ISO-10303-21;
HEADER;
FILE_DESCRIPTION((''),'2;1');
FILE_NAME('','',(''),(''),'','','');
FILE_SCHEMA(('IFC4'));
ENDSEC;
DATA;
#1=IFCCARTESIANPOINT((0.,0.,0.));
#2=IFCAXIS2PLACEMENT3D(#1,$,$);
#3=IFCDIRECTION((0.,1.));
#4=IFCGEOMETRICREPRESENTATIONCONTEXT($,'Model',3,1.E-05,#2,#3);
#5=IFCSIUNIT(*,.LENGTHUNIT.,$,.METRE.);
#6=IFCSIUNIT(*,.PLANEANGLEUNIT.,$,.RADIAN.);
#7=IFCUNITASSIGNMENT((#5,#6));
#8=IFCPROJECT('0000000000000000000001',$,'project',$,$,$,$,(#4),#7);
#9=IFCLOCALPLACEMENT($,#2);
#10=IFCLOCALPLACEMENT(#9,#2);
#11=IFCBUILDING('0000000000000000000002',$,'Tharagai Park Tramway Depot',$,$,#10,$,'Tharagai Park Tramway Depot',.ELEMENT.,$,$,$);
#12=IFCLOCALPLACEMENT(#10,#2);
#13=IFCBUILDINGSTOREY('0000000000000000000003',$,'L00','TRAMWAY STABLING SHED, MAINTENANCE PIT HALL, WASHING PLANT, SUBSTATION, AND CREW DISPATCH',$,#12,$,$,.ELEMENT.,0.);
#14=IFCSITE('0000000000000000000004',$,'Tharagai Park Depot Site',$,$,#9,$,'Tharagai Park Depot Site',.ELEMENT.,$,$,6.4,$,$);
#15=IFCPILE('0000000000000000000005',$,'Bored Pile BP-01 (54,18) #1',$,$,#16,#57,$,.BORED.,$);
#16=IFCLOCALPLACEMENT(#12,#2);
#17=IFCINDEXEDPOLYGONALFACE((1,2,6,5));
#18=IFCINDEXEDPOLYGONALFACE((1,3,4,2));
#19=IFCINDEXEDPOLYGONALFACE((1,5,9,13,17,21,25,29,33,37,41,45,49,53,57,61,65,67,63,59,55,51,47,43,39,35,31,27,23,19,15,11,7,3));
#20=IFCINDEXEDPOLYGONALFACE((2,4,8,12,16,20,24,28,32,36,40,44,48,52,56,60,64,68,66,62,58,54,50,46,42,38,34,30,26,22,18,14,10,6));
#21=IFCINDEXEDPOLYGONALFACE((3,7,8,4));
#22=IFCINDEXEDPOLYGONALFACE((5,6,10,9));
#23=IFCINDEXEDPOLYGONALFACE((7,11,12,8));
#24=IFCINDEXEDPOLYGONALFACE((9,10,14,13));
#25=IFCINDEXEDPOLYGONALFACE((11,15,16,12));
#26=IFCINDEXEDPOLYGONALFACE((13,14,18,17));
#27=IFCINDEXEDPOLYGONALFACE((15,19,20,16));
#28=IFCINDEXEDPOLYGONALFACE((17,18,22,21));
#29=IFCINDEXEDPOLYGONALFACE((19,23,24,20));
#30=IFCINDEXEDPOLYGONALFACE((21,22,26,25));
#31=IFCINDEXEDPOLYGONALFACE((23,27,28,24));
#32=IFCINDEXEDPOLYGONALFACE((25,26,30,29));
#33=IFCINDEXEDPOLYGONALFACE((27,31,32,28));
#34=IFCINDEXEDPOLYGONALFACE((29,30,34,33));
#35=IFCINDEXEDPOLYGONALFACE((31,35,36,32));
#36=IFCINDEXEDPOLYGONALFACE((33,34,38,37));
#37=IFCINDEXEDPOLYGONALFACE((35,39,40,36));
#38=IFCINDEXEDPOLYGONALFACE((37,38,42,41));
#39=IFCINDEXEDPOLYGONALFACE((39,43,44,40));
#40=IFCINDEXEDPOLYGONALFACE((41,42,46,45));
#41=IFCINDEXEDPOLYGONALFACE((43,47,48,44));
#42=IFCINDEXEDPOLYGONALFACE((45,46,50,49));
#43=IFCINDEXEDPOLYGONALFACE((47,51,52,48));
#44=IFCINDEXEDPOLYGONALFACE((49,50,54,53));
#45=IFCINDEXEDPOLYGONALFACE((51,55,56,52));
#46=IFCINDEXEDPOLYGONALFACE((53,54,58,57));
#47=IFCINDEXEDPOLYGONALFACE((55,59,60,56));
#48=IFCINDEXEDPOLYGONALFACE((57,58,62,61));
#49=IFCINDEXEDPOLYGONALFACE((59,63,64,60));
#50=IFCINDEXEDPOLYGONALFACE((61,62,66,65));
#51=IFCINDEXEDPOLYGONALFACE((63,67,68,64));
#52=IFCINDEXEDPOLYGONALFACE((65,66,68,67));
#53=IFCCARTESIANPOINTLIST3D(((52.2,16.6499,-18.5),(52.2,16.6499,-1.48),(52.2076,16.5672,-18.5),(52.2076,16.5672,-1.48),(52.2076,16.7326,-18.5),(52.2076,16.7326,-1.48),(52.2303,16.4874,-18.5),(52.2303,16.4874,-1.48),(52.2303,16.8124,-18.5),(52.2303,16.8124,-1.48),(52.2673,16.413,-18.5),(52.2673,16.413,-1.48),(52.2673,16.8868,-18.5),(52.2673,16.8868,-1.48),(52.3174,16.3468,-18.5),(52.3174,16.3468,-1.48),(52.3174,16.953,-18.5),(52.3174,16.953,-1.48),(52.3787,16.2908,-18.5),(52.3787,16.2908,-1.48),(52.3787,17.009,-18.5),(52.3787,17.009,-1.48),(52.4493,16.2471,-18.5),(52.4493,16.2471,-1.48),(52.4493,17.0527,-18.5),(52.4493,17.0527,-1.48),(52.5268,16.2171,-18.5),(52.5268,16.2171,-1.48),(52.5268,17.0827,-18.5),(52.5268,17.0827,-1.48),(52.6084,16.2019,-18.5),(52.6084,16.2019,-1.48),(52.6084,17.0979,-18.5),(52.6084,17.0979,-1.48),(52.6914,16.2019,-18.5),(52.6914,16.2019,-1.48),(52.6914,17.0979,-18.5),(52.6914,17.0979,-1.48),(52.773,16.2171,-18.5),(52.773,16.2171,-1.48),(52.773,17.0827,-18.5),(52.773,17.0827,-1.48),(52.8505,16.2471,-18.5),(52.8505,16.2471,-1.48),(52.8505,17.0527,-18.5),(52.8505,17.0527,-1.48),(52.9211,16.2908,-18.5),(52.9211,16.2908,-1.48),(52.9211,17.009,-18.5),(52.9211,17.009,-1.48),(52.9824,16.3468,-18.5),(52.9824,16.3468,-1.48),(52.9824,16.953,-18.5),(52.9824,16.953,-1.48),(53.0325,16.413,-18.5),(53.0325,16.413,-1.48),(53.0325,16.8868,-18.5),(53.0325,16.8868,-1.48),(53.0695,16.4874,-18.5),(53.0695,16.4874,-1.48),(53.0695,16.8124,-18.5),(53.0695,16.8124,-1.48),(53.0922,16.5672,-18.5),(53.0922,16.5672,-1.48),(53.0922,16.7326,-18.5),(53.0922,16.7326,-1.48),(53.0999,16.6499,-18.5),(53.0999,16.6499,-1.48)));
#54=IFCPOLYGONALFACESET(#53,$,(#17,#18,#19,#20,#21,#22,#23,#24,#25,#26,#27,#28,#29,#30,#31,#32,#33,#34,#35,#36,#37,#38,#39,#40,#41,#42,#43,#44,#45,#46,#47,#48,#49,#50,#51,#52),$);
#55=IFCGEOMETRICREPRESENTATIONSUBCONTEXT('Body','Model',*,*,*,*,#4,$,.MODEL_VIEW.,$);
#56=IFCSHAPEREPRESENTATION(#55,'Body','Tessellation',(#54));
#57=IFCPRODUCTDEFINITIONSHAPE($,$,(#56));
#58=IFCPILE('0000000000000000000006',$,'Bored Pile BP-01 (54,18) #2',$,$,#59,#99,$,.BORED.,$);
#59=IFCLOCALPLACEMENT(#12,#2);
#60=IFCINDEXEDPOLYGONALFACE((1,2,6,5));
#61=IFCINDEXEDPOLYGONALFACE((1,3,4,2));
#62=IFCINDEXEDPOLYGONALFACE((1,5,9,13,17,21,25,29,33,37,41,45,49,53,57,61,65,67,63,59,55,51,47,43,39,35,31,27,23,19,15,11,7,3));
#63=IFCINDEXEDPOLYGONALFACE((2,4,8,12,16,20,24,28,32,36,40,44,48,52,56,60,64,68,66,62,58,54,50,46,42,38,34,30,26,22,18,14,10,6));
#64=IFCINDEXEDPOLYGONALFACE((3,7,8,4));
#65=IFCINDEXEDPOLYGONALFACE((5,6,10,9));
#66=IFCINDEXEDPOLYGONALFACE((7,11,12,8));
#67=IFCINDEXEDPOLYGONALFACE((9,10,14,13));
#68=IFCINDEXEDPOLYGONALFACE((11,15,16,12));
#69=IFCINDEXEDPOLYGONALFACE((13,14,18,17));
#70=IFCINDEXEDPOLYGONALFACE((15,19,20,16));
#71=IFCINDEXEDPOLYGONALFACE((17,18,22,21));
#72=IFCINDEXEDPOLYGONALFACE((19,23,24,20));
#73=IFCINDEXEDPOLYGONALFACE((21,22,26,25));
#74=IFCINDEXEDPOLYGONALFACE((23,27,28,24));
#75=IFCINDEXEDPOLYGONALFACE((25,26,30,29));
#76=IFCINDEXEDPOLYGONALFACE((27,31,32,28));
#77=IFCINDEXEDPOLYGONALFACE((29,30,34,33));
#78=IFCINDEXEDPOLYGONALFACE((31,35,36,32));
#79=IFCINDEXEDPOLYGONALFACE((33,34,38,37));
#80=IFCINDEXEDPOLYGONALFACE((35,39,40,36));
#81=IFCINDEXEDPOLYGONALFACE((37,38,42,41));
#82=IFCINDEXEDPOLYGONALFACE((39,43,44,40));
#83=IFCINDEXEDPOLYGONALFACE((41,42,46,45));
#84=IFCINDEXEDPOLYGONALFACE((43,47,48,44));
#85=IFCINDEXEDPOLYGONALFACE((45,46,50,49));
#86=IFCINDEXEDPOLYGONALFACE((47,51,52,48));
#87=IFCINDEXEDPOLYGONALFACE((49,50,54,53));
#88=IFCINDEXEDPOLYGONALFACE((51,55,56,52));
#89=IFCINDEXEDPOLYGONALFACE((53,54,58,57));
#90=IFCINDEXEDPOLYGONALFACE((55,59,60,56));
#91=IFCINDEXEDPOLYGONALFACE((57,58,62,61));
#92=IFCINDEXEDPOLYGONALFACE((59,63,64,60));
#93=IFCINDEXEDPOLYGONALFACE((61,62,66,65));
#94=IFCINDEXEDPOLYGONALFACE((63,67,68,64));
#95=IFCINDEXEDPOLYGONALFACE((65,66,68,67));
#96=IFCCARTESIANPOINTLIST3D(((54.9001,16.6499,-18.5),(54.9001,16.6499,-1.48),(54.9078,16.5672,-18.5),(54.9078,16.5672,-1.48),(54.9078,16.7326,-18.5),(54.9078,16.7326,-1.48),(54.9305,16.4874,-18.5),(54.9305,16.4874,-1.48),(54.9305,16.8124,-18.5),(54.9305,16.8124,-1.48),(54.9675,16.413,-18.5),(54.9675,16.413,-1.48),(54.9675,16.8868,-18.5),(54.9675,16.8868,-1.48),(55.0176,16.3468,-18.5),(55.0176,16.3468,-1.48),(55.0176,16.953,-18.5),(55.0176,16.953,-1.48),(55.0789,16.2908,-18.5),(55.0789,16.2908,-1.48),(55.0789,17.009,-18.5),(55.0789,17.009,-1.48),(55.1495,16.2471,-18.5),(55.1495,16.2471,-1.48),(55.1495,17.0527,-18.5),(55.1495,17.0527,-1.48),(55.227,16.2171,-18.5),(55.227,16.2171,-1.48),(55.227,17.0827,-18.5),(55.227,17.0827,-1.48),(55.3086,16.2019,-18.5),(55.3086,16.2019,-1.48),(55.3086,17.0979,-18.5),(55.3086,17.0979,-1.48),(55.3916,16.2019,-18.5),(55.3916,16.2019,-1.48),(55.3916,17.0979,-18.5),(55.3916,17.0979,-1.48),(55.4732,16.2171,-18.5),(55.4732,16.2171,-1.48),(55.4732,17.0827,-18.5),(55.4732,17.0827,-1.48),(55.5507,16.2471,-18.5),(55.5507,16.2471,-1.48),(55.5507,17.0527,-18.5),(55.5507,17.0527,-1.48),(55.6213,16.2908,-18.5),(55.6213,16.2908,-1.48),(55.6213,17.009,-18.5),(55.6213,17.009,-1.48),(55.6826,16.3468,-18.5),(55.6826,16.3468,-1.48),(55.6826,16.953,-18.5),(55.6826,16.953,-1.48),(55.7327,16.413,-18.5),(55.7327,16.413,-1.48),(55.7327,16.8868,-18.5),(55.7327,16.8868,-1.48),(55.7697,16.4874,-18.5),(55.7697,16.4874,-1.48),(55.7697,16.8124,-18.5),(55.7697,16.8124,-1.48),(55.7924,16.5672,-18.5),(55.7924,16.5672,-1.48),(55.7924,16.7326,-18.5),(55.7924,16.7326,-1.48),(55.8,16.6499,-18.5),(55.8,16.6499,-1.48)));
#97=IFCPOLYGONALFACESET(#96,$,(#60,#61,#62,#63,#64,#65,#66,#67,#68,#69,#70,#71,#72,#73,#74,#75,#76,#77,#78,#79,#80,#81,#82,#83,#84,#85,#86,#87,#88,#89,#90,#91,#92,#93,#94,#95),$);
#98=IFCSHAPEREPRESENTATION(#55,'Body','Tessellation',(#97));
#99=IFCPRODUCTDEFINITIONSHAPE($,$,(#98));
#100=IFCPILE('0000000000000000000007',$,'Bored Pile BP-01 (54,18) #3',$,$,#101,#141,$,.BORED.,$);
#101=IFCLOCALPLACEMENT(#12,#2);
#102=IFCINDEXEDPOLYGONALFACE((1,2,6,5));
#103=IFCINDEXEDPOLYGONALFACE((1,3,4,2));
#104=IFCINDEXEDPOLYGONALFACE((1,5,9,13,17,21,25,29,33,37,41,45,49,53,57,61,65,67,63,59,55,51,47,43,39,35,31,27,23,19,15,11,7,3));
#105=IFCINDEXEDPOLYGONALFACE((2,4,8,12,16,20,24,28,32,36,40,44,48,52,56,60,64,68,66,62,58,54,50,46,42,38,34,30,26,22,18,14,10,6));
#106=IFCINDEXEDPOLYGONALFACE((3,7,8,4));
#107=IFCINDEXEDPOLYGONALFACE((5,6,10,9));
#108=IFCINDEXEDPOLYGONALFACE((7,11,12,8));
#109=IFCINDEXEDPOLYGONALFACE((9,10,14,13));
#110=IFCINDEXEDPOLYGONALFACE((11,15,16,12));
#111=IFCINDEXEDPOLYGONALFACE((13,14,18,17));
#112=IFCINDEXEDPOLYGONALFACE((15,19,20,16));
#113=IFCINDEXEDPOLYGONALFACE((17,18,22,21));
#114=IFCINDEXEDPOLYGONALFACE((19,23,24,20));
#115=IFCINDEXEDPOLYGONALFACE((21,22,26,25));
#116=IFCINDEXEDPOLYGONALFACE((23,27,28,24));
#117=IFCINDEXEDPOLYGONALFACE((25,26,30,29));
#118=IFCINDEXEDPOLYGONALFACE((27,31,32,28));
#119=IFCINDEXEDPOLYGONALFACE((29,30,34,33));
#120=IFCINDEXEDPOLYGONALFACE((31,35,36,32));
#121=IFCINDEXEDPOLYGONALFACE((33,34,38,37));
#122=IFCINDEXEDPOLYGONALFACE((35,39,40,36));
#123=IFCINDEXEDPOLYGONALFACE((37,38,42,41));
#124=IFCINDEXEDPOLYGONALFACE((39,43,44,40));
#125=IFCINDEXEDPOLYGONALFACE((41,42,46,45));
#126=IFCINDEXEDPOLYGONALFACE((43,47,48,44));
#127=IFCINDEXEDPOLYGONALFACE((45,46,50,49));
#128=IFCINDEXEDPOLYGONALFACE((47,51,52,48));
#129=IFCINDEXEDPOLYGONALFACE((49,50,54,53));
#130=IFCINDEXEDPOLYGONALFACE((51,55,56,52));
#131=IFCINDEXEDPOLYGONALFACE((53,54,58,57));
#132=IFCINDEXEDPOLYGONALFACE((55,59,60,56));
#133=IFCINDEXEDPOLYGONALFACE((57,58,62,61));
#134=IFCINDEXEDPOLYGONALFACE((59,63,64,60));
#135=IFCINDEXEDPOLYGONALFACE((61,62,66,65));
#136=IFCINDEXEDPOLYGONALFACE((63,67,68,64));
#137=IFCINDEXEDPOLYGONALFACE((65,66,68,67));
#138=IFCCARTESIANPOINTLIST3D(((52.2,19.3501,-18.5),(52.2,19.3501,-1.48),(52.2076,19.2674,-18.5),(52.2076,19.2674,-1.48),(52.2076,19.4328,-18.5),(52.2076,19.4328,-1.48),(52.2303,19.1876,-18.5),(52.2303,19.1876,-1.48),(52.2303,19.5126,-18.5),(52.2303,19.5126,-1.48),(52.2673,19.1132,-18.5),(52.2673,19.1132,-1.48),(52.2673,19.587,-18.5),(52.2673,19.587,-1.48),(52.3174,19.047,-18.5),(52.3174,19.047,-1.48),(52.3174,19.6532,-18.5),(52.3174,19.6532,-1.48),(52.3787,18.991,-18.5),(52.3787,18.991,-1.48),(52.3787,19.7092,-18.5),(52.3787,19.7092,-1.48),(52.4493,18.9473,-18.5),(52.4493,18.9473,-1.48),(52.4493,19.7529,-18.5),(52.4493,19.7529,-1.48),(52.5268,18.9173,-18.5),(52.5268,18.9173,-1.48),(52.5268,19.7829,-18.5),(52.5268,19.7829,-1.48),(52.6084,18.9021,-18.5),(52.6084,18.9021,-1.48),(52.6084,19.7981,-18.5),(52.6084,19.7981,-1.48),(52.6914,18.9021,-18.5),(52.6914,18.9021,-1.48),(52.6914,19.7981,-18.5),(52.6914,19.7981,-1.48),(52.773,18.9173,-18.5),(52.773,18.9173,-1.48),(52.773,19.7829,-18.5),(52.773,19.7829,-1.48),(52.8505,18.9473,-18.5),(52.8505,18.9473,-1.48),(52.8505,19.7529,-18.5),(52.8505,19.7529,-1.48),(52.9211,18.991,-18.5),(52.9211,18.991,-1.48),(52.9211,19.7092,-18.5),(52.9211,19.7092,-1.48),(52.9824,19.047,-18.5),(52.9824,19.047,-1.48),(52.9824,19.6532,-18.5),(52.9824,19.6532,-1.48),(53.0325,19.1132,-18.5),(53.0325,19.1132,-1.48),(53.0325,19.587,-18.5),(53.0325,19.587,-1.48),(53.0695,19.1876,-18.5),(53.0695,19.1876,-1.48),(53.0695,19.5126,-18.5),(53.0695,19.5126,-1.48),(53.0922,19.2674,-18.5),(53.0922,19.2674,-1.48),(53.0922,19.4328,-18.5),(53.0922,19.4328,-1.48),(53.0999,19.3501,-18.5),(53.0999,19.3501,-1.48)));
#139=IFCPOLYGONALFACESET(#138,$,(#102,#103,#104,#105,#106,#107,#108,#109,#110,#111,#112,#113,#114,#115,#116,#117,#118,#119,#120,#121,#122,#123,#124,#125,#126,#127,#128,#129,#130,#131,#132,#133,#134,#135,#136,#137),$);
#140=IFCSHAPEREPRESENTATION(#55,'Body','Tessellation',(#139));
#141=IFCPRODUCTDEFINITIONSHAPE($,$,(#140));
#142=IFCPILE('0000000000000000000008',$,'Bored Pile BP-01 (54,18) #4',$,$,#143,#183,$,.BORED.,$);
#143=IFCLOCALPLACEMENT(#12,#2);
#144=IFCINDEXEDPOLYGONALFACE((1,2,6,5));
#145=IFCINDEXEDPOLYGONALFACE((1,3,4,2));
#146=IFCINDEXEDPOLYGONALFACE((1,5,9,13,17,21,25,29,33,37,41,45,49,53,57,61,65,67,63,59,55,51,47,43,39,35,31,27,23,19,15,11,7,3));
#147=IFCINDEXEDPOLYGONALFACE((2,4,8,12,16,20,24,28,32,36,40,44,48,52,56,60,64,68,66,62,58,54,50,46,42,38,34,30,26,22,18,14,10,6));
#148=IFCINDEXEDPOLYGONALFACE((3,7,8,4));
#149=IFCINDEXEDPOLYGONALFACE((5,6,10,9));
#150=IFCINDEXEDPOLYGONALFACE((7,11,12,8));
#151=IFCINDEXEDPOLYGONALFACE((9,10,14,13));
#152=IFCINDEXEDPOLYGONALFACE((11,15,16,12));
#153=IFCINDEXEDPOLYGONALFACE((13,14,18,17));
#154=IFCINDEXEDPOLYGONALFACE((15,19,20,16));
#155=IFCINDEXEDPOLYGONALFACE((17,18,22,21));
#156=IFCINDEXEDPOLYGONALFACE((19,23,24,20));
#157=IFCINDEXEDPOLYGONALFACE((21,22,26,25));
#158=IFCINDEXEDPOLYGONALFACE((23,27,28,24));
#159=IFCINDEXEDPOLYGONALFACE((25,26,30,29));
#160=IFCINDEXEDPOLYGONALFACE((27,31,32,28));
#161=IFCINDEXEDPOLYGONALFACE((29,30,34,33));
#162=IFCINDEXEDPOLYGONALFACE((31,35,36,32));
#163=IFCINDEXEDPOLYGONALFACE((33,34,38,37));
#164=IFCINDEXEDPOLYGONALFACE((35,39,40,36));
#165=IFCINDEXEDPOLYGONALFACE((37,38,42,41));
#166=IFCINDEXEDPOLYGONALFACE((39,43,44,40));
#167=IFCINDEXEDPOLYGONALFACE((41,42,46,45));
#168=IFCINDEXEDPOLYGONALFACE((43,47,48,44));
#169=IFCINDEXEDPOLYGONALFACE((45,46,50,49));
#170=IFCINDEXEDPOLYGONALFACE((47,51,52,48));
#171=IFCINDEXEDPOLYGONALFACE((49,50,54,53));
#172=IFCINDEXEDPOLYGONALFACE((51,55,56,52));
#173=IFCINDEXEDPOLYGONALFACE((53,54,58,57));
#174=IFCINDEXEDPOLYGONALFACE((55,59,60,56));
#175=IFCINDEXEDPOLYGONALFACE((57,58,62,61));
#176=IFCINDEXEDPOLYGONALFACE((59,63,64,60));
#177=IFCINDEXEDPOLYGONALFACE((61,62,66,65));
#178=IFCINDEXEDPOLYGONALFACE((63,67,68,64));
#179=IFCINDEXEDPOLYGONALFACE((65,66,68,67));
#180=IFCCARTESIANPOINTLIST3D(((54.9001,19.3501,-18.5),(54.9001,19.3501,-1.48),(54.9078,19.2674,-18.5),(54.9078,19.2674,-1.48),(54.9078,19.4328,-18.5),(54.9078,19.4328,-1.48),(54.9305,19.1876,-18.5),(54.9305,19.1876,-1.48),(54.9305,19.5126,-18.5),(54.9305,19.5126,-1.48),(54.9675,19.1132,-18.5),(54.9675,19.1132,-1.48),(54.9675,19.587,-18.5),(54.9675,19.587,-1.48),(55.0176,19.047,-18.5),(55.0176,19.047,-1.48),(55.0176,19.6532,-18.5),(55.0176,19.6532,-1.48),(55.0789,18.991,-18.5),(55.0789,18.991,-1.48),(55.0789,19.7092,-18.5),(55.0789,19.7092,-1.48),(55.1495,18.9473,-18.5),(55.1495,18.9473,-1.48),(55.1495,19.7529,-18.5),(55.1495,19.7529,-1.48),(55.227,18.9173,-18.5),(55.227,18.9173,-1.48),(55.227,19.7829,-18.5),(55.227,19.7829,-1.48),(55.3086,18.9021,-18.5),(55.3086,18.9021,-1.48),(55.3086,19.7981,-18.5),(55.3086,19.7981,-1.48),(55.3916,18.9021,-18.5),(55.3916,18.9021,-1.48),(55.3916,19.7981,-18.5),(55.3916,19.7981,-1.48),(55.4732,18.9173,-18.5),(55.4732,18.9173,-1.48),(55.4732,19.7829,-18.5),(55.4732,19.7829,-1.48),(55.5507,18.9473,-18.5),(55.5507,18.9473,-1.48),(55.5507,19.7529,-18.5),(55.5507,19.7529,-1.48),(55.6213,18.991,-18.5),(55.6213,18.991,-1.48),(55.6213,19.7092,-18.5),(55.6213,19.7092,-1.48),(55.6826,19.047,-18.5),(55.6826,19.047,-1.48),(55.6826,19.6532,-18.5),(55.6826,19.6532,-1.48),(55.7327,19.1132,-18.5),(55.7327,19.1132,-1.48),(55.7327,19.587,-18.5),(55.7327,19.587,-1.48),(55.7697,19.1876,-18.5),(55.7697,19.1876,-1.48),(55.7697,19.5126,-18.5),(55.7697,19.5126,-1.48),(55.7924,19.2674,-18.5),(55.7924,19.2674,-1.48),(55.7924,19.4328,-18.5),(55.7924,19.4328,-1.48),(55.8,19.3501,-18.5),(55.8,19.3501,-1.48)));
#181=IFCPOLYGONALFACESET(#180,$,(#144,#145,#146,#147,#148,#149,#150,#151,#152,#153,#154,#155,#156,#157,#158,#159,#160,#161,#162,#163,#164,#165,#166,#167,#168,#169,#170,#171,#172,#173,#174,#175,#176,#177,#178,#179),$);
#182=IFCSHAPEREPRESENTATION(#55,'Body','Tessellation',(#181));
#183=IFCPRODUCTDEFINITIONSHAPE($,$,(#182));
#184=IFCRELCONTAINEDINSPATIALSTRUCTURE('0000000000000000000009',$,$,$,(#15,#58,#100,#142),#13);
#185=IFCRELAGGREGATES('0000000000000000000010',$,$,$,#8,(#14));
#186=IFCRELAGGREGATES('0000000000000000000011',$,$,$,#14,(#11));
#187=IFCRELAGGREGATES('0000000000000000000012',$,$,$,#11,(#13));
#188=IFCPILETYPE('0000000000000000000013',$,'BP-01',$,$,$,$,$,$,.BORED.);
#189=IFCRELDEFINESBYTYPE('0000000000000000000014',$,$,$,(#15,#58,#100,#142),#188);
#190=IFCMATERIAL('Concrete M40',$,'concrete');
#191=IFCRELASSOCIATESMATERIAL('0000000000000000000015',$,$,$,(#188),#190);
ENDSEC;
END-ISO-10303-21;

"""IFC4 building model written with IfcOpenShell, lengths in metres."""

from ifc_helpers import new_model, si_unit, direction, frame, origin, origin_2d, place, context, subcontext, project, spatial, circle, extrude, material, material_profile, profile_set, type_object, element, save


model = new_model("IFC4")

# Units and contexts
model_context = context("Model", 3, precision=1e-05, world=origin(), true_north=direction((0.0, 1.0)))
body_context = subcontext(model_context, "Body", "Model", "MODEL_VIEW")
ifc_project = project(units=[si_unit("LENGTHUNIT", "METRE"), si_unit("PLANEANGLEUNIT", "RADIAN")], contexts=[model_context])

# Site, building, storey
site_placement = place(None, origin())
site = spatial("IfcSite", under=ifc_project, at=site_placement, Name="Tharagai Park Depot Site", LongName="Tharagai Park Depot Site", CompositionType="ELEMENT", RefElevation=6.4)
building_placement = place(site_placement, origin())
building = spatial("IfcBuilding", under=site, at=building_placement, Name="Tharagai Park Tramway Depot", LongName="Tharagai Park Tramway Depot", CompositionType="ELEMENT")
storey_placement = place(building_placement, origin())
storey = spatial("IfcBuildingStorey", under=building, at=storey_placement, Name="L00", Description="TRAMWAY STABLING SHED, MAINTENANCE PIT HALL, WASHING PLANT, SUBSTATION, AND CREW DISPATCH", CompositionType="ELEMENT", Elevation=0.0)

# Piles
ifc_material_1 = material(Name="Concrete M40", Category="concrete")
ifc_material_profile_1 = material_profile(ifc_material_1, circle(Radius=0.45, at=origin_2d()), Name="PILE D900")
ifc_profile_set_1 = profile_set([ifc_material_profile_1], Name="Concrete M40")
pile_type_1 = type_object("IfcPileType", Name="BP-01", PredefinedType="BORED", material=ifc_profile_set_1)
for number, where, z_axis, x_axis, name in (
    (1, (52.6499, 16.6499, -1.48), (0.0, 0.0, -1.0), (1.0, 0.0, 0.0), "Bored Pile BP-01 (54,18) #1"),
    (2, (55.3501, 16.6499, -1.48), (0.0, 0.0, -1.0), (1.0, 0.0, 0.0), "Bored Pile BP-01 (54,18) #2"),
    (3, (52.6499, 19.3501, -1.48), (0.0, 0.0, -1.0), (1.0, 0.0, 0.0), "Bored Pile BP-01 (54,18) #3"),
    (4, (55.3501, 19.3501, -1.48), (0.0, 0.0, -1.0), (1.0, 0.0, 0.0), "Bored Pile BP-01 (54,18) #4"),
):
    element("IfcPile", number, at=place(storey_placement, frame(where, z_axis=z_axis, x_axis=x_axis)), inside=storey, type_object=pile_type_1, Name=name, PredefinedType="BORED", context=body_context, shape_type="SweptSolid", body=[
        extrude(circle(Radius=0.45, at=origin_2d()), origin(), (0.0, 0.0, 1.0), 17.02),
    ])

save(model, "model.ifc")
